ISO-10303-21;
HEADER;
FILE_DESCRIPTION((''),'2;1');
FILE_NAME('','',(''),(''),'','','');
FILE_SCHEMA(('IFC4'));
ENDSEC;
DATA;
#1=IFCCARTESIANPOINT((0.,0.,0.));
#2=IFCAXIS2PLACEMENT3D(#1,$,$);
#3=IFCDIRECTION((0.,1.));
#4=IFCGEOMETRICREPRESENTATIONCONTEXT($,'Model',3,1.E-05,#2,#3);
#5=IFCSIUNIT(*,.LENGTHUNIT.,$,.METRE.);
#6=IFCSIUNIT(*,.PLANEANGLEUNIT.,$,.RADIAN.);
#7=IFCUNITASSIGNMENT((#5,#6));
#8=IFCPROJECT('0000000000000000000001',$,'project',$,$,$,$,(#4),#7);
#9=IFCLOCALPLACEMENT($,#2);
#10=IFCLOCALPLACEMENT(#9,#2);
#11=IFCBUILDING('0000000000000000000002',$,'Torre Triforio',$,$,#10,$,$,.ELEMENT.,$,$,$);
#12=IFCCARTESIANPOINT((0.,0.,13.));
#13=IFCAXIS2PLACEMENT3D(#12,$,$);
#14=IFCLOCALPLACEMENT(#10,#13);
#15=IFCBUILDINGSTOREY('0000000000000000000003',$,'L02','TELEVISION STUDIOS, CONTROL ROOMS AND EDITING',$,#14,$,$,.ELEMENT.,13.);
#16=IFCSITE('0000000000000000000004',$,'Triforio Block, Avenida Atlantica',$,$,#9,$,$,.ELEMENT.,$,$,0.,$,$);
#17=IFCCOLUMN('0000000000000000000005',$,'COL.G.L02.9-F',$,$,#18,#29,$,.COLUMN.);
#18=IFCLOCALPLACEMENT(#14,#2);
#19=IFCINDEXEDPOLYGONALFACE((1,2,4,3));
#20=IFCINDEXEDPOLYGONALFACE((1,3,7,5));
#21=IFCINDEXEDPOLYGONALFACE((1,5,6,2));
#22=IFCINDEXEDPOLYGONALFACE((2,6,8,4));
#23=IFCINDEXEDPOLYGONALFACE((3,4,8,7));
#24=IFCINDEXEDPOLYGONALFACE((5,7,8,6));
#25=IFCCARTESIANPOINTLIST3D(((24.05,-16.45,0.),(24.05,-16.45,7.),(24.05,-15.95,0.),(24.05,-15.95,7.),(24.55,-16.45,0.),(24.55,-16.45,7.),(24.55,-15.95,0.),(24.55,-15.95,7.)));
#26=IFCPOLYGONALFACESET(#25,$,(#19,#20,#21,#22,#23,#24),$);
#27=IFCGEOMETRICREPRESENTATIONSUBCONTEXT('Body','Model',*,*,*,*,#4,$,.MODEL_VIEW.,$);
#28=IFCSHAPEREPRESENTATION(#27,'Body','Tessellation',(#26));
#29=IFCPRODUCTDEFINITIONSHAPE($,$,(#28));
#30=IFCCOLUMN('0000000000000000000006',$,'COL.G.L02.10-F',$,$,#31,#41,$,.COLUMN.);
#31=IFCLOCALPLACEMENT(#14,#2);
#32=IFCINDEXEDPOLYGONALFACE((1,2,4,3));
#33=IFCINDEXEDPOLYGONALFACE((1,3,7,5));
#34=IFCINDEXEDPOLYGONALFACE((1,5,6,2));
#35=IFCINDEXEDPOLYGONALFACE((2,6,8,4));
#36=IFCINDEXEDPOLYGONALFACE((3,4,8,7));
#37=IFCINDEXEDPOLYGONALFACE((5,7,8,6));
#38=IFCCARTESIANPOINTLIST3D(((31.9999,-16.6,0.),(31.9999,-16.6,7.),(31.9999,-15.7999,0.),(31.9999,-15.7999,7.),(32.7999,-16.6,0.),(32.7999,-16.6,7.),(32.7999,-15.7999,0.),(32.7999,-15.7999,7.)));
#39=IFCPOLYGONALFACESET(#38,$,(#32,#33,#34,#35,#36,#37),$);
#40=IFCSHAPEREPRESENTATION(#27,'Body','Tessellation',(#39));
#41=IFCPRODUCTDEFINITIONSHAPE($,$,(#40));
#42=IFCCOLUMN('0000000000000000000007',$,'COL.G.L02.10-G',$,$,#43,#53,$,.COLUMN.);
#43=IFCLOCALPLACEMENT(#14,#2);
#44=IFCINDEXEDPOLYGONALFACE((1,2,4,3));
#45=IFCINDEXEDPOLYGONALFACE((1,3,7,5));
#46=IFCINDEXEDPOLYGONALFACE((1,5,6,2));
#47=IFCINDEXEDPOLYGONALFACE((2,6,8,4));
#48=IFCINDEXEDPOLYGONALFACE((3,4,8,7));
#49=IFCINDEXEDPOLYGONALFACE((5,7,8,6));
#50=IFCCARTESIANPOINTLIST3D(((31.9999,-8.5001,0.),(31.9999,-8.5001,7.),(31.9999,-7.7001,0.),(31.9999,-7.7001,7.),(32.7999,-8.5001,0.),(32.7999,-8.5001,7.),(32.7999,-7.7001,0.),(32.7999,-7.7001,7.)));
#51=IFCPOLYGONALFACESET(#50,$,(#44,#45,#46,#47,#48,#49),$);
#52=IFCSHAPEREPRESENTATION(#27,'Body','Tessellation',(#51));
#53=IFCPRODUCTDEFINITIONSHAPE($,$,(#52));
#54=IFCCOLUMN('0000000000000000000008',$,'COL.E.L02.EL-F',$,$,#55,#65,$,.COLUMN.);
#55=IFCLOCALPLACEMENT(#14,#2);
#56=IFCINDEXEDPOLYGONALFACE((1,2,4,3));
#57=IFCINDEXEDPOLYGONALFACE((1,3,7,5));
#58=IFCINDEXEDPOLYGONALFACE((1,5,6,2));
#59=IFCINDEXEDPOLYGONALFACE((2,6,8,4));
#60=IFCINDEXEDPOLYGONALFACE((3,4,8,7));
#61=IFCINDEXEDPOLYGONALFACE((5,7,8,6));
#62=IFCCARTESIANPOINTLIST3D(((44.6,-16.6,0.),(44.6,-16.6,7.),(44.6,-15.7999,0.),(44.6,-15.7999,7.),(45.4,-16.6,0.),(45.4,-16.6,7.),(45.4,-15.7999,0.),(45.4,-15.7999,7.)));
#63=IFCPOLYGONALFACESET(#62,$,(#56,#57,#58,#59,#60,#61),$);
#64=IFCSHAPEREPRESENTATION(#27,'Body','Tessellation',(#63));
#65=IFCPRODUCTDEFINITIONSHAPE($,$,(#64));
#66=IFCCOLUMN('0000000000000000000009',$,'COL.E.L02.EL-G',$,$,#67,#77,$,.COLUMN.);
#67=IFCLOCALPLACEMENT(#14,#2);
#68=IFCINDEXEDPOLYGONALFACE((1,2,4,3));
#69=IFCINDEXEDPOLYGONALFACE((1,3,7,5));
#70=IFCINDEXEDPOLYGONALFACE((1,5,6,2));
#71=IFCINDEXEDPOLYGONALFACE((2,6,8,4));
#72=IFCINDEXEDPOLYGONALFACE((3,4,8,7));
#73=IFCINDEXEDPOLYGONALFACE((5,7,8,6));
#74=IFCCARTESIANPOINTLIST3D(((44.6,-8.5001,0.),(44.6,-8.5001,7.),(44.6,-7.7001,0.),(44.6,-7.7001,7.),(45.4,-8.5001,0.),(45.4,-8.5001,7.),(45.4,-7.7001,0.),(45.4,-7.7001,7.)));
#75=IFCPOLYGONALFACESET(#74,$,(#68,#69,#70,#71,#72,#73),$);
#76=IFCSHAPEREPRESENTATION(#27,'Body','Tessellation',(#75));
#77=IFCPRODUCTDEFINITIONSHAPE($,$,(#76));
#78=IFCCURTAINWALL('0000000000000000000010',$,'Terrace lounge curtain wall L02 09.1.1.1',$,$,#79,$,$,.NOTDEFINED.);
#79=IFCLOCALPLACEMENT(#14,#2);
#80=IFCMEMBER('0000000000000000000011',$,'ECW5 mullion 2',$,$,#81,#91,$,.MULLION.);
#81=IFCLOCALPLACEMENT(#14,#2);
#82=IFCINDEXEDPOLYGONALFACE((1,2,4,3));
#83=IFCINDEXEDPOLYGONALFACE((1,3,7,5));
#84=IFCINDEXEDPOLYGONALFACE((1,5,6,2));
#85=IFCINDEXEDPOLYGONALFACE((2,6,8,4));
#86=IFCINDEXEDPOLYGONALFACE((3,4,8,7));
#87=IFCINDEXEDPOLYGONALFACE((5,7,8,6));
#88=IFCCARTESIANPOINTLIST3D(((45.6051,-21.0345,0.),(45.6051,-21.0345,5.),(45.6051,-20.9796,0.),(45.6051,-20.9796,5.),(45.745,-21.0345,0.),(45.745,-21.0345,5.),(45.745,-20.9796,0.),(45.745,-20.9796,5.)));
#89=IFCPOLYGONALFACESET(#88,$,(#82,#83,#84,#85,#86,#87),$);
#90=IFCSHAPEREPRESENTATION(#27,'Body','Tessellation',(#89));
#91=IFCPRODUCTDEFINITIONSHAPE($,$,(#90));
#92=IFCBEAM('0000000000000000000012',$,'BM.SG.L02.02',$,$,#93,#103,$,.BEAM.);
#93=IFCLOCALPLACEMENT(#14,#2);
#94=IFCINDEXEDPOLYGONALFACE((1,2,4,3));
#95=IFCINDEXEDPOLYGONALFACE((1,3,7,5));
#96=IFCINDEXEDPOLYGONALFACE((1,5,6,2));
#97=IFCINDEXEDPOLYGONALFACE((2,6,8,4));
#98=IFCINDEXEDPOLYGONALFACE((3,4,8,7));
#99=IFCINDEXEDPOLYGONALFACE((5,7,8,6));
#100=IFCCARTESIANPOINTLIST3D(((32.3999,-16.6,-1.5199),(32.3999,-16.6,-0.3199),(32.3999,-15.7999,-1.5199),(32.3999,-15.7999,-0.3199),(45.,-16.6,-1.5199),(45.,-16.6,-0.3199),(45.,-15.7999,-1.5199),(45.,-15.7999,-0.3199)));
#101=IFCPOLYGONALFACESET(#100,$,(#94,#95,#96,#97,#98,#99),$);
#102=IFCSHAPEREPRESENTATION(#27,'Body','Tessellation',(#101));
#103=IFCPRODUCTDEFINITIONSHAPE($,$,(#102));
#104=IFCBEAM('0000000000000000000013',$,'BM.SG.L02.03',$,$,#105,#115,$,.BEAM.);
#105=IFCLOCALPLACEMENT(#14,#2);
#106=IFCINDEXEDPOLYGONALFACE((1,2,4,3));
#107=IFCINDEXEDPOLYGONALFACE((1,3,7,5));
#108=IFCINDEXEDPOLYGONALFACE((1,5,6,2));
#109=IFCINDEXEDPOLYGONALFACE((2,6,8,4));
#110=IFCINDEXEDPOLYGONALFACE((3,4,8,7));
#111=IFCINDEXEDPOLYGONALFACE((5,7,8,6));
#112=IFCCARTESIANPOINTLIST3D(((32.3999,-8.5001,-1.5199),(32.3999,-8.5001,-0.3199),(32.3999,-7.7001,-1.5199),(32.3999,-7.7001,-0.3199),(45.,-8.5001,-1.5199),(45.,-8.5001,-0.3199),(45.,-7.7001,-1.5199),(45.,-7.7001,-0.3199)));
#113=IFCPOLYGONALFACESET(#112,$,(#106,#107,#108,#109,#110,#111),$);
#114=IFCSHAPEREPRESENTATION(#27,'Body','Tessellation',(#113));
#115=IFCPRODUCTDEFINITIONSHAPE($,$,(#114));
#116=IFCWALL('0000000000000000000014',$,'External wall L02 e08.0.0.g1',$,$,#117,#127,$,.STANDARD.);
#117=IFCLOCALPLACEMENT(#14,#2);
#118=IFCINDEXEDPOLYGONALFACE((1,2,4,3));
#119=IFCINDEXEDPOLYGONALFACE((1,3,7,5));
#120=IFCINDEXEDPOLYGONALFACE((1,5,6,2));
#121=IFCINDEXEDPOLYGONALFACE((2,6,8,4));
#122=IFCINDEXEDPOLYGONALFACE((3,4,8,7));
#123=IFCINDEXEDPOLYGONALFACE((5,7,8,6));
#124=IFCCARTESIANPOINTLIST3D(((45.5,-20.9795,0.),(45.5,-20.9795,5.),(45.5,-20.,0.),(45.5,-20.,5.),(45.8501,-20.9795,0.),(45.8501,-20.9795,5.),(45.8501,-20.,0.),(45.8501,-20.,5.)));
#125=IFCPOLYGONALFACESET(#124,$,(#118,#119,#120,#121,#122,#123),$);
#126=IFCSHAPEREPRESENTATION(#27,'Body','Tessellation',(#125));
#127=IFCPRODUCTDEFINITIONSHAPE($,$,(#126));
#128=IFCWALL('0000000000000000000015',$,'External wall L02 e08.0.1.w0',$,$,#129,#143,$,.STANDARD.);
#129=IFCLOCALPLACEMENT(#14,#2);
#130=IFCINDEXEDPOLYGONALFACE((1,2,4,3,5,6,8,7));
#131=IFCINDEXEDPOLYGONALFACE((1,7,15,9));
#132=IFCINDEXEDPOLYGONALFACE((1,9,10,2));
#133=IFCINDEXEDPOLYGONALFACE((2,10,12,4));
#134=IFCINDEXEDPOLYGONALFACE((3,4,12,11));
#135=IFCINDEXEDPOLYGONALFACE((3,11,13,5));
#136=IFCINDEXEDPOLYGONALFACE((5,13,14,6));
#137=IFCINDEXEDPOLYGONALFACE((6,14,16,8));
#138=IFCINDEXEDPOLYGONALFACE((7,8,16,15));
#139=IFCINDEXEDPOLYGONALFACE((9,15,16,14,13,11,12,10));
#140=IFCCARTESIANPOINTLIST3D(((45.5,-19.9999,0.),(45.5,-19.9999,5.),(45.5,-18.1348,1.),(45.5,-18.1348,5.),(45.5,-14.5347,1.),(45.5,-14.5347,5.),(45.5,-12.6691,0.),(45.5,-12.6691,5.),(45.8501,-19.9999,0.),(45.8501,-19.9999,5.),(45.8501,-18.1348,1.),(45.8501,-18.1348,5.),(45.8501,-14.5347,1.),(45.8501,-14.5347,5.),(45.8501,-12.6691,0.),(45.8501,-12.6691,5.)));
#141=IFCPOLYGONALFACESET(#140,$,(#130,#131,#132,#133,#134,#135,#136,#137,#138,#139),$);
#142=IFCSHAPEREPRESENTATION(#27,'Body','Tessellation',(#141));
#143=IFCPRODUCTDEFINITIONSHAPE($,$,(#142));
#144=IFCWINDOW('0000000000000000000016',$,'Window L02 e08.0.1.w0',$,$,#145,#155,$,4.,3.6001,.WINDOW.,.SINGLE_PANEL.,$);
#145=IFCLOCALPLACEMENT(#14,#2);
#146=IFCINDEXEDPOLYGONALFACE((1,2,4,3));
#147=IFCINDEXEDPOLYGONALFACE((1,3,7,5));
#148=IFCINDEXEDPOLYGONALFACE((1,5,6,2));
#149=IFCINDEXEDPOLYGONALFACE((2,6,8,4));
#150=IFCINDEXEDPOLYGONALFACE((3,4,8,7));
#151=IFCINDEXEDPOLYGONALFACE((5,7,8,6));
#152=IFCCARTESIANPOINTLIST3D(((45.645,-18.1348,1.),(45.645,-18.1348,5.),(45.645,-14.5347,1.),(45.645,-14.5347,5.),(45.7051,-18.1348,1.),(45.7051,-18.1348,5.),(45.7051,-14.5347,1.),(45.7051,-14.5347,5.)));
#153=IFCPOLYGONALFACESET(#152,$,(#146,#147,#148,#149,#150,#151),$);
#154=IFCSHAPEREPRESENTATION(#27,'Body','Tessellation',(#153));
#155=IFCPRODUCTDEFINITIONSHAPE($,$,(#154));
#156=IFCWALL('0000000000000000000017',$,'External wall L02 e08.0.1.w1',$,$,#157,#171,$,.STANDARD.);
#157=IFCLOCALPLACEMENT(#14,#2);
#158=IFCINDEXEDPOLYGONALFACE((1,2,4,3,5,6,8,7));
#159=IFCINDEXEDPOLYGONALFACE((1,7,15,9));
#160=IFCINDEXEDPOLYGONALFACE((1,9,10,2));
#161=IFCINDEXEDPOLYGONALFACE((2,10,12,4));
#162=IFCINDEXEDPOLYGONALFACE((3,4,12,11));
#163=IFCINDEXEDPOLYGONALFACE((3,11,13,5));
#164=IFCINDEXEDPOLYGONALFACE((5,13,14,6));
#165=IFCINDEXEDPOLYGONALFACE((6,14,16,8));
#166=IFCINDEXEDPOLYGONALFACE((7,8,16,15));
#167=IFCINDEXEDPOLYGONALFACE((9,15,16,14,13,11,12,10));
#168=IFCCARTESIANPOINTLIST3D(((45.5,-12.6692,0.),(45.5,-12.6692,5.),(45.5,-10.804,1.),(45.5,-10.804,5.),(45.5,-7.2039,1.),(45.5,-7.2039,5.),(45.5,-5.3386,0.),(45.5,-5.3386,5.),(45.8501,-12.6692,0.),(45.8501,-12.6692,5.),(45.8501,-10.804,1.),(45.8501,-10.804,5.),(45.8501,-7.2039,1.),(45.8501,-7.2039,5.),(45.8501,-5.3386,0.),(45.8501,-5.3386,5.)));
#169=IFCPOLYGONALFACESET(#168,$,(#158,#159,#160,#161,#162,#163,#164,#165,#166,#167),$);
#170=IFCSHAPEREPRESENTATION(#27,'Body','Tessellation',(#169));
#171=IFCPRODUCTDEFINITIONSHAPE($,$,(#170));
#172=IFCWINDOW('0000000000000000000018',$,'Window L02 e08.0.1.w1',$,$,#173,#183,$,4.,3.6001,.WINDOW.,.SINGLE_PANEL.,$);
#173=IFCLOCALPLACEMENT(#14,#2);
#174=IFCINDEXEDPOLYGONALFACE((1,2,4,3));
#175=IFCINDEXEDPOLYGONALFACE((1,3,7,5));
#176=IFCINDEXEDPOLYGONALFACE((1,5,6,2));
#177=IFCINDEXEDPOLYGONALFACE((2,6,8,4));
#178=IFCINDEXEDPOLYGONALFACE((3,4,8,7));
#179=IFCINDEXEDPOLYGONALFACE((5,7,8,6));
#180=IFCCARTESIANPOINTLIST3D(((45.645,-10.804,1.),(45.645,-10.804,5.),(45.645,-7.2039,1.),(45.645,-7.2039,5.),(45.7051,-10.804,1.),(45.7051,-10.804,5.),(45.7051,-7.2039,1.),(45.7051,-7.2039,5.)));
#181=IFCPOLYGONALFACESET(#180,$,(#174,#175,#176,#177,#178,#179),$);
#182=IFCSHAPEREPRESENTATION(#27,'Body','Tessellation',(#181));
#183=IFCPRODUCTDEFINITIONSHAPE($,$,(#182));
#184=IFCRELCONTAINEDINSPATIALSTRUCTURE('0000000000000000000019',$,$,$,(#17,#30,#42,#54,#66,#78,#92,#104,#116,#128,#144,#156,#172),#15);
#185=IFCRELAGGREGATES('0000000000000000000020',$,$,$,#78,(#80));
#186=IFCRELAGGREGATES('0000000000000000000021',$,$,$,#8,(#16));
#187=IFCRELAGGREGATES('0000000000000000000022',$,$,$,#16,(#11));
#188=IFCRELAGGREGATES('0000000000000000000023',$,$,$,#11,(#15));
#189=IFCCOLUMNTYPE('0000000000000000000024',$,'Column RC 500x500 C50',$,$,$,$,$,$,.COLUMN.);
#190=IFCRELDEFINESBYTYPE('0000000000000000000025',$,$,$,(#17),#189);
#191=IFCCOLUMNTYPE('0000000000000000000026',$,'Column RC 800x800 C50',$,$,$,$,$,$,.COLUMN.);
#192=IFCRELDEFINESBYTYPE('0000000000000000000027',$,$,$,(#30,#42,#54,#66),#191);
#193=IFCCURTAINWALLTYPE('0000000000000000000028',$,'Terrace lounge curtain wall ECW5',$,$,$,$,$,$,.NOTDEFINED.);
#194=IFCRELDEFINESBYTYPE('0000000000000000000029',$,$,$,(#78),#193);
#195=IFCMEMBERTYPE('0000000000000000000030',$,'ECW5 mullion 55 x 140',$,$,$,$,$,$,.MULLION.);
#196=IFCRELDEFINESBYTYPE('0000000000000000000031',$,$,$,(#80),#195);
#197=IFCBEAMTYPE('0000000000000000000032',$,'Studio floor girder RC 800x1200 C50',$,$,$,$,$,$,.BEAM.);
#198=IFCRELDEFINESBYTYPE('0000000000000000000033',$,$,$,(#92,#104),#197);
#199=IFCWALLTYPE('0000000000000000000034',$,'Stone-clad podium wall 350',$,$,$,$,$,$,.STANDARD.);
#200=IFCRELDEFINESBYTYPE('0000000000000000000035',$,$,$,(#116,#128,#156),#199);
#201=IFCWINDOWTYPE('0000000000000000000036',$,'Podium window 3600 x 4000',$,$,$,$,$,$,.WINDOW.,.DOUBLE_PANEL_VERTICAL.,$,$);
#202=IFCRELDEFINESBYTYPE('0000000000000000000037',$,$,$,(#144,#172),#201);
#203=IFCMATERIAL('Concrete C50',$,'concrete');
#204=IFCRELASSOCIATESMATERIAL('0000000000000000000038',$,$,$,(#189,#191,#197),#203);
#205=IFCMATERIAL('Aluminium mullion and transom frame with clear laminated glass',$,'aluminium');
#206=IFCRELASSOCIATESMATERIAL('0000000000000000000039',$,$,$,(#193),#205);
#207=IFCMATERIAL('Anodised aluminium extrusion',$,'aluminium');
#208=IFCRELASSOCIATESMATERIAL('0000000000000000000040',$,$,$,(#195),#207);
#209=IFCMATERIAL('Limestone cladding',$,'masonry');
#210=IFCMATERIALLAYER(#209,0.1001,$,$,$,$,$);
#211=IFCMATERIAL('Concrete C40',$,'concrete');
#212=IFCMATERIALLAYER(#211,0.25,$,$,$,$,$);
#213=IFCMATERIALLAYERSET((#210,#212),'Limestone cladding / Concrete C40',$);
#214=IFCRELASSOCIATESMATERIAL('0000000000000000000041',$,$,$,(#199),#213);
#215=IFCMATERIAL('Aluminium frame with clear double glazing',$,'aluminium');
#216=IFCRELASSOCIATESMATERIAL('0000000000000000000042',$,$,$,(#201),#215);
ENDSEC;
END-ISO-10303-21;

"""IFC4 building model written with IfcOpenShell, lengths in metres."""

from ifc_helpers import new_model, si_unit, direction, frame, frame_2d, origin, origin_2d, place, context, subcontext, project, spatial, rectangle, extrude, material, layer, layer_set, material_profile, profile_set, type_object, element, fill, aggregate, save


model = new_model("IFC4")

# Units and contexts
model_context = context("Model", 3, precision=1e-05, world=origin(), true_north=direction((0.0, 1.0)))
body_context = subcontext(model_context, "Body", "Model", "MODEL_VIEW")
ifc_project = project(units=[si_unit("LENGTHUNIT", "METRE"), si_unit("PLANEANGLEUNIT", "RADIAN")], contexts=[model_context])

# Site, building, storey
site_placement = place(None, origin())
site = spatial("IfcSite", under=ifc_project, at=site_placement, Name="Triforio Block, Avenida Atlantica", CompositionType="ELEMENT", RefElevation=0.0)
building_placement = place(site_placement, origin())
building = spatial("IfcBuilding", under=site, at=building_placement, Name="Torre Triforio", CompositionType="ELEMENT")
storey_placement = place(building_placement, frame((0.0, 0.0, 13.0)))
storey = spatial("IfcBuildingStorey", under=building, at=storey_placement, Name="L02", Description="TELEVISION STUDIOS, CONTROL ROOMS AND EDITING", CompositionType="ELEMENT", Elevation=13.0)

# Columns
ifc_material_1 = material(Name="Concrete C50", Category="concrete")
ifc_material_profile_1 = material_profile(ifc_material_1, rectangle(XDim=0.5, YDim=0.5, at=origin_2d()), Name="RC 500x500")
ifc_profile_set_1 = profile_set([ifc_material_profile_1], Name="Concrete C50")
column_type_1 = type_object("IfcColumnType", Name="Column RC 500x500 C50", PredefinedType="COLUMN", material=ifc_profile_set_1)
column_placement = place(storey_placement, frame((24.3, -16.2, 0.0), z_axis=(0.0, 0.0, 1.0), x_axis=(1.0, 0.0, 0.0)))
element("IfcColumn", 1, at=column_placement, inside=storey, type_object=column_type_1, Name="COL.G.L02.9-F", PredefinedType="COLUMN", context=body_context, shape_type="SweptSolid", body=[
    extrude(rectangle(XDim=0.5, YDim=0.5, at=origin_2d()), origin(), (0.0, 0.0, 1.0), 7.0),
])
ifc_material_profile_2 = material_profile(ifc_material_1, rectangle(XDim=0.8, YDim=0.8, at=origin_2d()), Name="RC 800x800")
ifc_profile_set_2 = profile_set([ifc_material_profile_2], Name="Concrete C50")
column_type_2 = type_object("IfcColumnType", Name="Column RC 800x800 C50", PredefinedType="COLUMN", material=ifc_profile_set_2)
for number, where, z_axis, x_axis, name in (
    (2, (32.3999, -16.2, 0.0), (0.0, 0.0, 1.0), (1.0, 0.0, 0.0), "COL.G.L02.10-F"),
    (3, (32.3999, -8.1001, 0.0), (0.0, 0.0, 1.0), (1.0, 0.0, 0.0), "COL.G.L02.10-G"),
    (4, (45.0, -16.2, 0.0), (0.0, 0.0, 1.0), (1.0, 0.0, 0.0), "COL.E.L02.EL-F"),
    (5, (45.0, -8.1001, 0.0), (0.0, 0.0, 1.0), (1.0, 0.0, 0.0), "COL.E.L02.EL-G"),
):
    element("IfcColumn", number, at=place(storey_placement, frame(where, z_axis=z_axis, x_axis=x_axis)), inside=storey, type_object=column_type_2, Name=name, PredefinedType="COLUMN", context=body_context, shape_type="SweptSolid", body=[
        extrude(rectangle(XDim=0.8, YDim=0.8, at=origin_2d()), origin(), (0.0, 0.0, 1.0), 7.0),
    ])

# Curtain wall, member
ifc_material_2 = material(Name="Aluminium mullion and transom frame with clear laminated glass", Category="aluminium")
curtain_wall_type = type_object("IfcCurtainWallType", Name="Terrace lounge curtain wall ECW5", PredefinedType="NOTDEFINED", material=ifc_material_2)
curtain_wall_placement = place(storey_placement, origin())
curtain_wall = element("IfcCurtainWall", 6, at=curtain_wall_placement, inside=storey, type_object=curtain_wall_type, Name="Terrace lounge curtain wall L02 09.1.1.1", PredefinedType="NOTDEFINED")
ifc_material_3 = material(Name="Anodised aluminium extrusion", Category="aluminium")
ifc_material_profile_3 = material_profile(ifc_material_3, rectangle(XDim=0.1399, YDim=0.0549, at=origin_2d()), Name="ECW5 MULLION 55x140")
ifc_profile_set_3 = profile_set([ifc_material_profile_3], Name="Anodised aluminium extrusion")
member_type = type_object("IfcMemberType", Name="ECW5 mullion 55 x 140", PredefinedType="MULLION", material=ifc_profile_set_3)
member_placement = place(storey_placement, frame((45.675, -21.0071, 0.0), z_axis=(0.0, 0.0, 1.0), x_axis=(-1.0, 0.0, 0.0)))
member = element("IfcMember", 7, at=member_placement, type_object=member_type, Name="ECW5 mullion 2", PredefinedType="MULLION", context=body_context, shape_type="SweptSolid", body=[
    extrude(rectangle(XDim=0.1399, YDim=0.0549, at=origin_2d()), origin(), (0.0, 0.0, 1.0), 5.0),
])
aggregate(curtain_wall, [member])

# Beams
ifc_material_profile_4 = material_profile(ifc_material_1, rectangle(XDim=0.8, YDim=1.2, at=origin_2d()), Name="RC 800x1200")
ifc_profile_set_4 = profile_set([ifc_material_profile_4], Name="Concrete C50")
beam_type = type_object("IfcBeamType", Name="Studio floor girder RC 800x1200 C50", PredefinedType="BEAM", material=ifc_profile_set_4)
for number, where, z_axis, x_axis, name in (
    (8, (32.3999, -16.2, -0.9199), (1.0, 0.0, 0.0), (0.0, 1.0, 0.0), "BM.SG.L02.02"),
    (9, (32.3999, -8.1001, -0.9199), (1.0, 0.0, 0.0), (0.0, 1.0, 0.0), "BM.SG.L02.03"),
):
    element("IfcBeam", number, at=place(storey_placement, frame(where, z_axis=z_axis, x_axis=x_axis)), inside=storey, type_object=beam_type, Name=name, PredefinedType="BEAM", context=body_context, shape_type="SweptSolid", body=[
        extrude(rectangle(XDim=0.8, YDim=1.2, at=origin_2d()), origin(), (0.0, 0.0, 1.0), 12.6001),
    ])

# Wall
ifc_material_4 = material(Name="Limestone cladding", Category="masonry")
ifc_layer_1 = layer(ifc_material_4, 0.1001)
ifc_material_5 = material(Name="Concrete C40", Category="concrete")
ifc_layer_2 = layer(ifc_material_5, 0.25)
ifc_layer_set_1 = layer_set([ifc_layer_1, ifc_layer_2], Name="Limestone cladding / Concrete C40")
wall_type_1 = type_object("IfcWallType", Name="Stone-clad podium wall 350", PredefinedType="STANDARD", material=ifc_layer_set_1)
wall_1_placement = place(storey_placement, frame((45.675, -20.9795, 0.0), z_axis=(0.0, 0.0, 1.0), x_axis=(0.0, 1.0, 0.0)))
element("IfcWall", 10, at=wall_1_placement, inside=storey, type_object=wall_type_1, Name="External wall L02 e08.0.0.g1", PredefinedType="STANDARD", context=body_context, shape_type="SweptSolid", body=[
    extrude(rectangle(XDim=0.9795, YDim=0.3501, at=frame_2d((0.4897, 0.0))), origin(), (0.0, 0.0, 1.0), 5.0),
])

# Walls, openings, windows
wall_2_placement = place(storey_placement, frame((45.675, -20.0, 0.0), z_axis=(0.0, 0.0, 1.0), x_axis=(0.0, 1.0, 0.0)))
wall_2 = element("IfcWall", 11, at=wall_2_placement, inside=storey, type_object=wall_type_1, Name="External wall L02 e08.0.1.w0", PredefinedType="STANDARD", context=body_context, shape_type="SweptSolid", body=[
    extrude(rectangle(XDim=7.3308, YDim=0.3501, at=frame_2d((3.6655, 0.0))), origin(), (0.0, 0.0, 1.0), 5.0),
])
opening_1_placement = place(wall_2_placement, frame((1.8652, 0.0, 1.0)))
opening_1 = element("IfcOpeningElement", 12, at=opening_1_placement, cuts=wall_2, PredefinedType="OPENING", context=body_context, shape_type="SweptSolid", body=[
    extrude(rectangle(XDim=3.6001, YDim=4.0, at=frame_2d((1.8, 2.0))), frame((0.0, 0.1851, 0.0), z_axis=(0.0, -1.0, 0.0), x_axis=(1.0, 0.0, 0.0)), (0.0, 0.0, 1.0), 0.3701),
])
ifc_material_6 = material(Name="Aluminium frame with clear double glazing", Category="aluminium")
window_type = type_object("IfcWindowType", Name="Podium window 3600 x 4000", PartitioningType="DOUBLE_PANEL_VERTICAL", PredefinedType="WINDOW", material=ifc_material_6)
window_1_placement = place(opening_1_placement, origin())
window_1 = element("IfcWindow", 13, at=window_1_placement, inside=storey, type_object=window_type, Name="Window L02 e08.0.1.w0", OverallHeight=4.0, OverallWidth=3.6001, PartitioningType="SINGLE_PANEL", PredefinedType="WINDOW", context=body_context, shape_type="SweptSolid", body=[
    extrude(rectangle(XDim=3.6001, YDim=4.0, at=frame_2d((1.8, 2.0))), frame((0.0, 0.03, 0.0), z_axis=(0.0, -1.0, 0.0), x_axis=(1.0, 0.0, 0.0)), (0.0, 0.0, 1.0), 0.0601),
])
fill(opening_1, window_1)
wall_3_placement = place(storey_placement, frame((45.675, -12.6692, 0.0), z_axis=(0.0, 0.0, 1.0), x_axis=(0.0, 1.0, 0.0)))
wall_3 = element("IfcWall", 14, at=wall_3_placement, inside=storey, type_object=wall_type_1, Name="External wall L02 e08.0.1.w1", PredefinedType="STANDARD", context=body_context, shape_type="SweptSolid", body=[
    extrude(rectangle(XDim=7.3306, YDim=0.3501, at=frame_2d((3.6653, 0.0))), origin(), (0.0, 0.0, 1.0), 5.0),
])
opening_2_placement = place(wall_3_placement, frame((1.8652, 0.0, 1.0)))
opening_2 = element("IfcOpeningElement", 15, at=opening_2_placement, cuts=wall_3, PredefinedType="OPENING", context=body_context, shape_type="SweptSolid", body=[
    extrude(rectangle(XDim=3.6001, YDim=4.0, at=frame_2d((1.8, 2.0))), frame((0.0, 0.1851, 0.0), z_axis=(0.0, -1.0, 0.0), x_axis=(1.0, 0.0, 0.0)), (0.0, 0.0, 1.0), 0.3701),
])
window_2_placement = place(opening_2_placement, origin())
window_2 = element("IfcWindow", 16, at=window_2_placement, inside=storey, type_object=window_type, Name="Window L02 e08.0.1.w1", OverallHeight=4.0, OverallWidth=3.6001, PartitioningType="SINGLE_PANEL", PredefinedType="WINDOW", context=body_context, shape_type="SweptSolid", body=[
    extrude(rectangle(XDim=3.6001, YDim=4.0, at=frame_2d((1.8, 2.0))), frame((0.0, 0.03, 0.0), z_axis=(0.0, -1.0, 0.0), x_axis=(1.0, 0.0, 0.0)), (0.0, 0.0, 1.0), 0.0601),
])
fill(opening_2, window_2)

save(model, "model.ifc")
